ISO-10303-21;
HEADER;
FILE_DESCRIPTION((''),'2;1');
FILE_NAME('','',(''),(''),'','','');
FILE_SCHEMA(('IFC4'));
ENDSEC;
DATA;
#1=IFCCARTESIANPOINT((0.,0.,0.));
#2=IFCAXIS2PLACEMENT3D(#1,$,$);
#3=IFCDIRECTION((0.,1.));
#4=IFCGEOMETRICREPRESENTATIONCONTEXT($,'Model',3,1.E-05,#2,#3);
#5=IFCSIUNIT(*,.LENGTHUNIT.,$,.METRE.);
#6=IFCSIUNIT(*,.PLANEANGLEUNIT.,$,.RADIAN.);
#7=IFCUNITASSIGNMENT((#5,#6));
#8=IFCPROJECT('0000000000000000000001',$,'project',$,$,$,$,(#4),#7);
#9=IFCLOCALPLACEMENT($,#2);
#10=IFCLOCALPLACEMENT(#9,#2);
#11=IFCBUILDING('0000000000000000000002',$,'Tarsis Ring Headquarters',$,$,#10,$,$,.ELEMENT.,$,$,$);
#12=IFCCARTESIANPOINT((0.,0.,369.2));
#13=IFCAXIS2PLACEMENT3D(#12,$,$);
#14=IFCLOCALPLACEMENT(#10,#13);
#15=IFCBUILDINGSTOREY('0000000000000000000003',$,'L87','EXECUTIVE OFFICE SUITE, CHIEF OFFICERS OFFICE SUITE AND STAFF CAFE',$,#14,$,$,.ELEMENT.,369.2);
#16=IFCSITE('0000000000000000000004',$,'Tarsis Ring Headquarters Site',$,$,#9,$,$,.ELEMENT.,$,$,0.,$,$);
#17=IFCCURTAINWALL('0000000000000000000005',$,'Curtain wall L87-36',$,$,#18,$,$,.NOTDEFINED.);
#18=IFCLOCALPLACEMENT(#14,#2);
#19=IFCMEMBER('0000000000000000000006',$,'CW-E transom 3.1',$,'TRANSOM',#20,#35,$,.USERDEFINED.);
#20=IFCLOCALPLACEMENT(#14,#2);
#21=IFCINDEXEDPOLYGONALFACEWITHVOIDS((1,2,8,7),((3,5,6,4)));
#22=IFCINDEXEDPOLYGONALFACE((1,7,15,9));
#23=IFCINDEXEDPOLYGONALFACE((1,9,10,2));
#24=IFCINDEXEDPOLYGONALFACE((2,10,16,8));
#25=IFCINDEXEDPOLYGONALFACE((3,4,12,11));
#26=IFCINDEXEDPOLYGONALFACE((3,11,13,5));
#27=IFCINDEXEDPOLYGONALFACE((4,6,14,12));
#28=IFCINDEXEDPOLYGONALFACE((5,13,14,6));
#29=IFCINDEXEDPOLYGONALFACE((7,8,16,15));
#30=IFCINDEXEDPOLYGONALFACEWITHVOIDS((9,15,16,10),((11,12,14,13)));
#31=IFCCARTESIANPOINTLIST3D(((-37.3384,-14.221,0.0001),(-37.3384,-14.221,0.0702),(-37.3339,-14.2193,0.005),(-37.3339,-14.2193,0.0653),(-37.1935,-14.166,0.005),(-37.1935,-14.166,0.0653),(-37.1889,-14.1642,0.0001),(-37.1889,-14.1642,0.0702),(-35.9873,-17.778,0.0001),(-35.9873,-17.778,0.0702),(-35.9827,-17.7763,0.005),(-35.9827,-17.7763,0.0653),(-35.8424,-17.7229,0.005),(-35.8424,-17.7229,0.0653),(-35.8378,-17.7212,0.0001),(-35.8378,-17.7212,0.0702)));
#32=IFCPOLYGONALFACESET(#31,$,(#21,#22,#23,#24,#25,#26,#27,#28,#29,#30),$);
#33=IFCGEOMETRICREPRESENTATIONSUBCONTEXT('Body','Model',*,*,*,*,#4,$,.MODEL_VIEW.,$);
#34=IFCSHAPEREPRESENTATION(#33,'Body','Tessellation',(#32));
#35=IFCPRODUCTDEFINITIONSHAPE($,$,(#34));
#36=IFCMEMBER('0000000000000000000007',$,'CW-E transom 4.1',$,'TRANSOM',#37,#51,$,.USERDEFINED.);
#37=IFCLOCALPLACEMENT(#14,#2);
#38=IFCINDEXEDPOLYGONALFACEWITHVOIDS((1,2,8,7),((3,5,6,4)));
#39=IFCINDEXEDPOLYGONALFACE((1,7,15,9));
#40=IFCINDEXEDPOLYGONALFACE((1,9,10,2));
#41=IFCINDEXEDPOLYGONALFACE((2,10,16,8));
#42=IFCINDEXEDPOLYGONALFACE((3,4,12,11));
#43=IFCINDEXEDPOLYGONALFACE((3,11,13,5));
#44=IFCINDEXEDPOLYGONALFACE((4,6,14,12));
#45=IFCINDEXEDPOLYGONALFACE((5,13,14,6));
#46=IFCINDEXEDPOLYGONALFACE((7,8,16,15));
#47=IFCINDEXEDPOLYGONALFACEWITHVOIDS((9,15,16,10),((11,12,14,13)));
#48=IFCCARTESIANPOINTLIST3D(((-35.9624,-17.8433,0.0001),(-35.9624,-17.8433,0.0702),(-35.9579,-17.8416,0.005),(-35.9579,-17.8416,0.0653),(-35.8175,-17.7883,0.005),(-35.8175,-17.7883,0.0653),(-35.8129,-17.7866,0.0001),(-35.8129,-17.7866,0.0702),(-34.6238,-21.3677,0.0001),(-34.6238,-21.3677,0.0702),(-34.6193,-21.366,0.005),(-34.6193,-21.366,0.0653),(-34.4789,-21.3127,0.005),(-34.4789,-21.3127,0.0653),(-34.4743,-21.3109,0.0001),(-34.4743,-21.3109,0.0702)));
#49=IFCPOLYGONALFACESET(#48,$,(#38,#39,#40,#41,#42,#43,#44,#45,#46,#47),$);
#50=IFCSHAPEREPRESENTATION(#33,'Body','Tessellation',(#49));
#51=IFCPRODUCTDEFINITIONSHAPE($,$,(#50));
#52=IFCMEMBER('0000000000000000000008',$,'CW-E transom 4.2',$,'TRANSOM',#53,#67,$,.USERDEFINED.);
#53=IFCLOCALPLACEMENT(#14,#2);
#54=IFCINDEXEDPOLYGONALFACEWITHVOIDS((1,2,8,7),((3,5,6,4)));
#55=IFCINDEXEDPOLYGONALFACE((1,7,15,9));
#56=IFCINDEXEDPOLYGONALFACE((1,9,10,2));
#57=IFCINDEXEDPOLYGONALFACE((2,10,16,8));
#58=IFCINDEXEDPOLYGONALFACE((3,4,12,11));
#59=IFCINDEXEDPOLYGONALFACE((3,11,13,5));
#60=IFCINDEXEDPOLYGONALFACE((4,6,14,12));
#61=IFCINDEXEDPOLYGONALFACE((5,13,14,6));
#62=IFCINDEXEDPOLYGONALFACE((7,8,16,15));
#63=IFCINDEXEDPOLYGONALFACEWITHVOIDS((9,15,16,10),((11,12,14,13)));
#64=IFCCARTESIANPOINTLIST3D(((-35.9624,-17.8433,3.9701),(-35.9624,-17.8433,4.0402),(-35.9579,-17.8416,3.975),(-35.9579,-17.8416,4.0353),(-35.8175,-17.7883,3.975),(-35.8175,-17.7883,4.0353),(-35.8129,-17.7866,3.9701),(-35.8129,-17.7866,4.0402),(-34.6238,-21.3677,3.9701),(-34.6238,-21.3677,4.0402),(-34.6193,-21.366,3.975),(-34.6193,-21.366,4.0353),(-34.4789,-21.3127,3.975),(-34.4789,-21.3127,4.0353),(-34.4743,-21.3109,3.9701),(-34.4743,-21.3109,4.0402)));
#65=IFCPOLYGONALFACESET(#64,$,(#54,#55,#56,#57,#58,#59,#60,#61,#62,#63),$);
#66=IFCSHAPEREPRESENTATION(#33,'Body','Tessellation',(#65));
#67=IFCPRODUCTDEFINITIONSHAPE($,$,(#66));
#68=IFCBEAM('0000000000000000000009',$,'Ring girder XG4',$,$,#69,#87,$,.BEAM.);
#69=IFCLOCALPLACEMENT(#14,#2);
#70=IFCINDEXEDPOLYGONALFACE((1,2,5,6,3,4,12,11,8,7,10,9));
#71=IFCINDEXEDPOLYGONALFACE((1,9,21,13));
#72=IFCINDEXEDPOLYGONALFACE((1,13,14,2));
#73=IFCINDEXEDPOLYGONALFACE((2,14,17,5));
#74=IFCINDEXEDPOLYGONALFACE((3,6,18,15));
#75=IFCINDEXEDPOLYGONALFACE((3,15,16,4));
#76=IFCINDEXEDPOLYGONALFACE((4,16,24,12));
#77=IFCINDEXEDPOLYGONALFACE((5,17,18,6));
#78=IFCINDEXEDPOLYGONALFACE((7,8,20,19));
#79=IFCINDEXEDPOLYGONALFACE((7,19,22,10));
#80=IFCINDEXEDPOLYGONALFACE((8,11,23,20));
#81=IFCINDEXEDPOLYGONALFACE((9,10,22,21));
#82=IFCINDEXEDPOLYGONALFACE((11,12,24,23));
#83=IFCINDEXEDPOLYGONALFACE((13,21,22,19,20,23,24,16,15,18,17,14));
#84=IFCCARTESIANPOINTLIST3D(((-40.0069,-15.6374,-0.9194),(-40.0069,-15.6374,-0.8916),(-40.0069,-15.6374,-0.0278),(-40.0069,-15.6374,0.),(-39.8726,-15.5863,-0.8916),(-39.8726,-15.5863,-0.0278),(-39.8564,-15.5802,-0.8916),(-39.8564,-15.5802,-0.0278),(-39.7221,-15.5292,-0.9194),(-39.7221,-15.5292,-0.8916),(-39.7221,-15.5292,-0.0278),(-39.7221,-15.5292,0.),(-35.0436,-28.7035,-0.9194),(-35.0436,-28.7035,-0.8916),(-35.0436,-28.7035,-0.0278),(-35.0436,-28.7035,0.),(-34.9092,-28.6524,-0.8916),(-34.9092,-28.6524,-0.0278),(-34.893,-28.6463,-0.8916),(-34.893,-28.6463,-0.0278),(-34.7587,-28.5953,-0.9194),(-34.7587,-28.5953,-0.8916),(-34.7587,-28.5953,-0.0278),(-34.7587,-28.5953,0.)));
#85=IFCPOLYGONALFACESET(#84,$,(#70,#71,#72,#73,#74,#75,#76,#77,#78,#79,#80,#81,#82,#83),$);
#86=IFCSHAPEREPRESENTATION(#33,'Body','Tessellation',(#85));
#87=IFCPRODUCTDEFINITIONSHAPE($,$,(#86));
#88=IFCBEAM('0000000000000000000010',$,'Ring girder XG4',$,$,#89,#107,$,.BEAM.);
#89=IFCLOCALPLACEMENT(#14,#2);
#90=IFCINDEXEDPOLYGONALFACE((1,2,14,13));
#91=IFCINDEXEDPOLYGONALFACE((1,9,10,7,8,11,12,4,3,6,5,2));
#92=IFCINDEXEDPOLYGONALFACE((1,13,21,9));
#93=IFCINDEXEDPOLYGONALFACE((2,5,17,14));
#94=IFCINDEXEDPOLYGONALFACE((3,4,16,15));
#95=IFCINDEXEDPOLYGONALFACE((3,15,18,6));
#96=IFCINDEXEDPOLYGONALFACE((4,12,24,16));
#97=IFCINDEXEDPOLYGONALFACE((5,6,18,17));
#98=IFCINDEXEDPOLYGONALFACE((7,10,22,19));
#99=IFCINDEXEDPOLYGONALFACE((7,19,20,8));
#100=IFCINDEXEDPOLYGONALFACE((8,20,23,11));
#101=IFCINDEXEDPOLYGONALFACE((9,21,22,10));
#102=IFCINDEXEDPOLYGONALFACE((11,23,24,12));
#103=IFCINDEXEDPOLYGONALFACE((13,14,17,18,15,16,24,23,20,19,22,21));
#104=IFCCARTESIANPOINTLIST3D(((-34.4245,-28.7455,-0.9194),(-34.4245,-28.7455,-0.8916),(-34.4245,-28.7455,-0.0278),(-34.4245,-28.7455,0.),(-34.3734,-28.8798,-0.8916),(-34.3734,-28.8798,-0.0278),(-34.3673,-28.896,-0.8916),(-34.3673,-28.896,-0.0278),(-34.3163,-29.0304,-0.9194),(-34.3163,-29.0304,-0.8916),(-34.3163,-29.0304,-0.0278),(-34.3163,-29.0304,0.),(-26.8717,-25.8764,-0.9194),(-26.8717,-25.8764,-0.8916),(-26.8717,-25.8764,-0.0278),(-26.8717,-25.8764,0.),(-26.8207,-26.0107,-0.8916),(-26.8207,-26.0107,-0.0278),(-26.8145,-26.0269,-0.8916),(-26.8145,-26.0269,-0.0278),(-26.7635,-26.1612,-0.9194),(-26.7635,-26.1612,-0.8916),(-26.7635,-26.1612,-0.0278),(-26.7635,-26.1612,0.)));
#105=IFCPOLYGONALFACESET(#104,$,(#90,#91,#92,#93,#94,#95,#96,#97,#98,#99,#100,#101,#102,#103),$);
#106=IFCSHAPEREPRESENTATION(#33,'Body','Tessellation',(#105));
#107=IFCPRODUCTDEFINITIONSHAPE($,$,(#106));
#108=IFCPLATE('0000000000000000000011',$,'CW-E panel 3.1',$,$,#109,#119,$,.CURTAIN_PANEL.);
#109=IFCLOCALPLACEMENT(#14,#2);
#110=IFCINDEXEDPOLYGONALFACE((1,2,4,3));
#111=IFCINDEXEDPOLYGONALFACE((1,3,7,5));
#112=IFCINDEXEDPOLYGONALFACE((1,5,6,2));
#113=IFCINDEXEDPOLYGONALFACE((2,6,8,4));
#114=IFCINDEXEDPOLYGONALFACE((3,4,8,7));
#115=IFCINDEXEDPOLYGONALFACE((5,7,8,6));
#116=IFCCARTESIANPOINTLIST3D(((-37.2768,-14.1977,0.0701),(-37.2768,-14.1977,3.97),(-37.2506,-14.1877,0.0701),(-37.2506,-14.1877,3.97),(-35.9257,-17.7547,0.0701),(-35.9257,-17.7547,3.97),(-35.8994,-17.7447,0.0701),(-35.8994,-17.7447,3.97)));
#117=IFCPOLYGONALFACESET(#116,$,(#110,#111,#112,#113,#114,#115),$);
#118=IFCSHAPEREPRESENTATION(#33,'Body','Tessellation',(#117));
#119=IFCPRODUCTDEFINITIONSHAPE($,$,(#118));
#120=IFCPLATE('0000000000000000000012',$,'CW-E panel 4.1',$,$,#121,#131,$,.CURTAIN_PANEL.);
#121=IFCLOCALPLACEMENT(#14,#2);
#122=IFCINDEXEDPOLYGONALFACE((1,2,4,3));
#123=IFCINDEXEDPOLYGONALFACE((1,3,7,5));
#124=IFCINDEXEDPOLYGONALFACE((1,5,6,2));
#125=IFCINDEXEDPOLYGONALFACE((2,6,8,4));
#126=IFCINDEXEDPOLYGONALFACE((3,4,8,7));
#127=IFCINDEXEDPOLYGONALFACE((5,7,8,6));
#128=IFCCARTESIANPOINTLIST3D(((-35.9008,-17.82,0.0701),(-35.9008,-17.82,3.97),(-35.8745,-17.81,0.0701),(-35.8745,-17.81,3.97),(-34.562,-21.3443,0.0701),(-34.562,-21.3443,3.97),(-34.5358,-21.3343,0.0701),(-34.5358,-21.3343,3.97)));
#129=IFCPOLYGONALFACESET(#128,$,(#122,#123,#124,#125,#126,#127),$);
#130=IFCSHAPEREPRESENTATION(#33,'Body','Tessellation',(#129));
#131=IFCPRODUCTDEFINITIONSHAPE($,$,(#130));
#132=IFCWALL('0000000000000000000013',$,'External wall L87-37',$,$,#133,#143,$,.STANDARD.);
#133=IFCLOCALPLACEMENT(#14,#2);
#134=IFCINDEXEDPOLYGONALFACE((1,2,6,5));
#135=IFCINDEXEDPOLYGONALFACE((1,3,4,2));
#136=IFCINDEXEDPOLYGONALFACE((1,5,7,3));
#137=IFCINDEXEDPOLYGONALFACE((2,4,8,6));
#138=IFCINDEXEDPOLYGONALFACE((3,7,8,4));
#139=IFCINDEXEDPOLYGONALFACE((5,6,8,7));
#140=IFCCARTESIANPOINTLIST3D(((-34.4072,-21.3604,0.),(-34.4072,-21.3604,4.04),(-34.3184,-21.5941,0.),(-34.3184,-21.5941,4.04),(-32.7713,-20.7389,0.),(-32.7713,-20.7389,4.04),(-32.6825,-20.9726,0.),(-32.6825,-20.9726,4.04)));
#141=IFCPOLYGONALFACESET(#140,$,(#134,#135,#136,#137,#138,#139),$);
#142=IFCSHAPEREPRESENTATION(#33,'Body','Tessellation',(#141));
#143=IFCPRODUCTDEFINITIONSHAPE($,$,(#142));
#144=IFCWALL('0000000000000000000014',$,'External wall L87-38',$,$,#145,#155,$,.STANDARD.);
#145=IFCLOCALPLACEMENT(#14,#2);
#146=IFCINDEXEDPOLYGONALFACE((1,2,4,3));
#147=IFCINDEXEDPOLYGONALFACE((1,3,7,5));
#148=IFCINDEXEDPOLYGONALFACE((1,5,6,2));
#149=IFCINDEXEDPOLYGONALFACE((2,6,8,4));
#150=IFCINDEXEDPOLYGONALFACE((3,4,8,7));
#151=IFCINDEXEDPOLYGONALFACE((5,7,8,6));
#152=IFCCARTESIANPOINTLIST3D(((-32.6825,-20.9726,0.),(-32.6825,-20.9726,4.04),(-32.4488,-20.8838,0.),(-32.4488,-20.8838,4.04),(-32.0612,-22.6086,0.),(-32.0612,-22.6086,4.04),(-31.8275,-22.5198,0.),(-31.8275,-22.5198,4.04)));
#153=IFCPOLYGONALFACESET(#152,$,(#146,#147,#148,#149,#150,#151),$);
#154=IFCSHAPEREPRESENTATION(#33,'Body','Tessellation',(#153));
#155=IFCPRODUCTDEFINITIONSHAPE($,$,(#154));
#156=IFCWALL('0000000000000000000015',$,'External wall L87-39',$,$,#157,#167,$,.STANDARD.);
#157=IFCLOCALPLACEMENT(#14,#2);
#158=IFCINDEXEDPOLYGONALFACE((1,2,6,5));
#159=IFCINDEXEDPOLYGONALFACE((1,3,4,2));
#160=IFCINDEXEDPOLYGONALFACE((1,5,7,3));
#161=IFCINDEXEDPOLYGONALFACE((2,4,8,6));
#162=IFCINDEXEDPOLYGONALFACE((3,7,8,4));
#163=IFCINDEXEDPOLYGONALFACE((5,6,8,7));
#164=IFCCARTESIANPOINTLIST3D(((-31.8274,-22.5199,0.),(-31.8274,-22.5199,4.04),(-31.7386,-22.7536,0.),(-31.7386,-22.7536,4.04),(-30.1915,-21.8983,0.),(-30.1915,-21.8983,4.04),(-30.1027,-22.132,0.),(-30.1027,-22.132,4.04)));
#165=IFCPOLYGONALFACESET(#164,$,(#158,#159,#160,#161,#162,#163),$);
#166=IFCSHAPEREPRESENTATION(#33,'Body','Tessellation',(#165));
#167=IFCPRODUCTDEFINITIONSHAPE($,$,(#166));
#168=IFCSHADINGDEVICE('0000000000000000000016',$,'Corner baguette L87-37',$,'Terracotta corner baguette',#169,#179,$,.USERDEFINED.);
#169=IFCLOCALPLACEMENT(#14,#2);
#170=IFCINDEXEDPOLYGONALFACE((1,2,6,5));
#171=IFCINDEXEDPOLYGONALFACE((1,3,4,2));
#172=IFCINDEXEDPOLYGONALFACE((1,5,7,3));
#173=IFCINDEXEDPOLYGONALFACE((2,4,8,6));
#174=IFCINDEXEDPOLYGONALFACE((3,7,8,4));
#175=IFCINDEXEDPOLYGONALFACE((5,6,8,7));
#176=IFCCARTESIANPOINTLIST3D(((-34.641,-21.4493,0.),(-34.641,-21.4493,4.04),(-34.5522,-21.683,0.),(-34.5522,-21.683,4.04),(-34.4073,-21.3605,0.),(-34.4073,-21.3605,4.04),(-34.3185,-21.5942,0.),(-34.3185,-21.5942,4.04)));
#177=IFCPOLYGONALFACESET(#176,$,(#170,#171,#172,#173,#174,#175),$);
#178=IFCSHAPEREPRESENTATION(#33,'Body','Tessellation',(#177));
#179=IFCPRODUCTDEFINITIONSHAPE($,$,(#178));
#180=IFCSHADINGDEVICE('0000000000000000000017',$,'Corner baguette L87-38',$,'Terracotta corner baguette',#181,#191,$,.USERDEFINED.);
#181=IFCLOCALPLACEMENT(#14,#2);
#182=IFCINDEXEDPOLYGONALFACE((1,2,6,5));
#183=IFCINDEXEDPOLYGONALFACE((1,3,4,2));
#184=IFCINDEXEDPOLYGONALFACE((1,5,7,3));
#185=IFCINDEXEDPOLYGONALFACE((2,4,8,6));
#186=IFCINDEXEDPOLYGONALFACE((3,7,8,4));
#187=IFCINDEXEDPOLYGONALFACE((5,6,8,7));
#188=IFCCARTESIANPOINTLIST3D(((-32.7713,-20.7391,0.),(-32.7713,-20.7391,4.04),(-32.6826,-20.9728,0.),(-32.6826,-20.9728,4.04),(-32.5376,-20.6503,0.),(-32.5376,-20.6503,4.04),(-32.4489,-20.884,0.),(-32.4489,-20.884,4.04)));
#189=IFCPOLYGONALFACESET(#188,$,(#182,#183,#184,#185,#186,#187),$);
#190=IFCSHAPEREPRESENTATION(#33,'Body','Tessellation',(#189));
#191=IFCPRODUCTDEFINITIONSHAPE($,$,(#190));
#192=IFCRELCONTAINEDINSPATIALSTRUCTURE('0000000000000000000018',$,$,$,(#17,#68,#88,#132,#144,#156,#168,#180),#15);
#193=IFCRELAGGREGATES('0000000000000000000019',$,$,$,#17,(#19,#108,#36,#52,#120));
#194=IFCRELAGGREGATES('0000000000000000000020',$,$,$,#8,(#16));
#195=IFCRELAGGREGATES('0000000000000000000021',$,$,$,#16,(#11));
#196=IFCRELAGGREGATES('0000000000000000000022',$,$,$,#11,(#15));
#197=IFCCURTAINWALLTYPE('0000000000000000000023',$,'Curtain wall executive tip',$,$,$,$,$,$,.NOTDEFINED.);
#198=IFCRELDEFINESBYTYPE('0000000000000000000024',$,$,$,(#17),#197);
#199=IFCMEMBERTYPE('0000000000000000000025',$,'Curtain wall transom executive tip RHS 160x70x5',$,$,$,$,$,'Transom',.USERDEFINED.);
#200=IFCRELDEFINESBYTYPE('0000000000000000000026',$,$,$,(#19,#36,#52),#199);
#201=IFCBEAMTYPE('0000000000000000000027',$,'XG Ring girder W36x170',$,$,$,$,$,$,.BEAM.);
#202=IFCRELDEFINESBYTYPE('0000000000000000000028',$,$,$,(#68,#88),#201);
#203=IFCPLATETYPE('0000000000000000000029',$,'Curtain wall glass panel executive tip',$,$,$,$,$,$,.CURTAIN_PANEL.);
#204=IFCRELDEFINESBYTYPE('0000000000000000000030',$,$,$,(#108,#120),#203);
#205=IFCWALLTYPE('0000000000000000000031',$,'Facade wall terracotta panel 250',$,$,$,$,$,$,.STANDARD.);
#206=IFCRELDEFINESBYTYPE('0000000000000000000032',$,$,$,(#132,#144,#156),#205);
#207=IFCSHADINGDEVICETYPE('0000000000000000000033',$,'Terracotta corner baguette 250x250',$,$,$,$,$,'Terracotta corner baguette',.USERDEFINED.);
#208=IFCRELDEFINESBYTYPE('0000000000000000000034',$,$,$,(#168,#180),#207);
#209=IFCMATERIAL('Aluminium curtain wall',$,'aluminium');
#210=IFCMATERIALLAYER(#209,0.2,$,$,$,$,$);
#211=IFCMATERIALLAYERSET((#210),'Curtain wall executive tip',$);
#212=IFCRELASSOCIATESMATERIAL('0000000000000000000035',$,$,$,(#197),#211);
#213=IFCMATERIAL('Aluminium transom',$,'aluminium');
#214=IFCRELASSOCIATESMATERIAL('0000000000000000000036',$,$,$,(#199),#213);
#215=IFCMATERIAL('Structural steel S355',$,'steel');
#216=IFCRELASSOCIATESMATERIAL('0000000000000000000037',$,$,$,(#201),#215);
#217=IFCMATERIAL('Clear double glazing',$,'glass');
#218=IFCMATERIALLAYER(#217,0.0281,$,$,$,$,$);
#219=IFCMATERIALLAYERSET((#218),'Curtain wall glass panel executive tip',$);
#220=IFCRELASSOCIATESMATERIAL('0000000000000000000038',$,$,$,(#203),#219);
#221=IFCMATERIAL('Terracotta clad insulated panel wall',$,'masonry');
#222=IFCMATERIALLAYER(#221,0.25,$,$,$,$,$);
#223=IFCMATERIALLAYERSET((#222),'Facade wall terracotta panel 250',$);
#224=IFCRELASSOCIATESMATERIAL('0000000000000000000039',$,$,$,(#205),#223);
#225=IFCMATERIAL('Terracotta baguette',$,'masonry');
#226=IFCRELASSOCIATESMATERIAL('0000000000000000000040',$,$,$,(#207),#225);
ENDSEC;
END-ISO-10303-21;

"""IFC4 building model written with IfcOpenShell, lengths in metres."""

from ifc_helpers import new_model, si_unit, direction, frame, frame_2d, origin, origin_2d, place, context, subcontext, project, spatial, rectangle, hollow_rectangle, i_section, extrude, material, layer, layer_set, material_profile, profile_set, type_object, element, aggregate, save


model = new_model("IFC4")

# Units and contexts
model_context = context("Model", 3, precision=1e-05, world=origin(), true_north=direction((0.0, 1.0)))
body_context = subcontext(model_context, "Body", "Model", "MODEL_VIEW")
ifc_project = project(units=[si_unit("LENGTHUNIT", "METRE"), si_unit("PLANEANGLEUNIT", "RADIAN")], contexts=[model_context])

# Site, building, storey
site_placement = place(None, origin())
site = spatial("IfcSite", under=ifc_project, at=site_placement, Name="Tarsis Ring Headquarters Site", CompositionType="ELEMENT", RefElevation=0.0)
building_placement = place(site_placement, origin())
building = spatial("IfcBuilding", under=site, at=building_placement, Name="Tarsis Ring Headquarters", CompositionType="ELEMENT")
storey_placement = place(building_placement, frame((0.0, 0.0, 369.2)))
storey = spatial("IfcBuildingStorey", under=building, at=storey_placement, Name="L87", Description="EXECUTIVE OFFICE SUITE, CHIEF OFFICERS OFFICE SUITE AND STAFF CAFE", CompositionType="ELEMENT", Elevation=369.2)

# Shared definitions
ifc_material_1 = material(Name="Structural steel S355", Category="steel")

# Curtain wall, members
ifc_material_2 = material(Name="Aluminium curtain wall", Category="aluminium")
ifc_layer_1 = layer(ifc_material_2, 0.2)
ifc_layer_set_1 = layer_set([ifc_layer_1], Name="Curtain wall executive tip")
curtain_wall_type = type_object("IfcCurtainWallType", Name="Curtain wall executive tip", PredefinedType="NOTDEFINED", material=ifc_layer_set_1)
curtain_wall_placement = place(storey_placement, origin())
curtain_wall = element("IfcCurtainWall", 1, at=curtain_wall_placement, inside=storey, type_object=curtain_wall_type, Name="Curtain wall L87-36", PredefinedType="NOTDEFINED")
ifc_material_3 = material(Name="Aluminium transom", Category="aluminium")
ifc_material_profile_1 = material_profile(ifc_material_3, hollow_rectangle(XDim=0.1599, YDim=0.0701, WallThickness=0.0049, at=origin_2d()), Name="RHS 160x70x5")
ifc_profile_set_1 = profile_set([ifc_material_profile_1], Name="Aluminium transom")
member_type_1 = type_object("IfcMemberType", Name="Curtain wall transom executive tip RHS 160x70x5", ElementType="Transom", PredefinedType="USERDEFINED", material=ifc_profile_set_1)
member_1_placement = place(storey_placement, frame((-37.2637, -14.1926, 0.0352), z_axis=(0.355093, -0.934831, 0.0), x_axis=(0.934831, 0.355093, 0.0)))
member_1 = element("IfcMember", 2, at=member_1_placement, type_object=member_type_1, Name="CW-E transom 3.1", ObjectType="TRANSOM", PredefinedType="USERDEFINED", context=body_context, shape_type="SweptSolid", body=[
    extrude(hollow_rectangle(XDim=0.1599, YDim=0.0701, WallThickness=0.0049, at=origin_2d()), origin(), (0.0, 0.0, 1.0), 3.8049),
])
member_2_placement = place(storey_placement, frame((-35.8877, -17.8149, 0.0352), z_axis=(0.355066, -0.934841, 0.0), x_axis=(0.934841, 0.355066, 0.0)))
member_2 = element("IfcMember", 3, at=member_2_placement, type_object=member_type_1, Name="CW-E transom 4.1", ObjectType="TRANSOM", PredefinedType="USERDEFINED", context=body_context, shape_type="SweptSolid", body=[
    extrude(hollow_rectangle(XDim=0.1599, YDim=0.0701, WallThickness=0.0049, at=origin_2d()), origin(), (0.0, 0.0, 1.0), 3.77),
])
member_3_placement = place(storey_placement, frame((-35.8877, -17.8149, 4.0051), z_axis=(0.355066, -0.934841, 0.0), x_axis=(0.934841, 0.355066, 0.0)))
member_3 = element("IfcMember", 4, at=member_3_placement, type_object=member_type_1, Name="CW-E transom 4.2", ObjectType="TRANSOM", PredefinedType="USERDEFINED", context=body_context, shape_type="SweptSolid", body=[
    extrude(hollow_rectangle(XDim=0.1599, YDim=0.0701, WallThickness=0.0049, at=origin_2d()), origin(), (0.0, 0.0, 1.0), 3.77),
])

# Beams
ifc_material_profile_2 = material_profile(ifc_material_1, i_section(OverallWidth=0.3047, OverallDepth=0.9194, WebThickness=0.0173, FlangeThickness=0.0278, at=origin_2d()), Name="W36x170")
ifc_profile_set_2 = profile_set([ifc_material_profile_2], Name="Structural steel S355")
beam_type = type_object("IfcBeamType", Name="XG Ring girder W36x170", PredefinedType="BEAM", material=ifc_profile_set_2)
beam_1_placement = place(storey_placement, frame((-39.8645, -15.5833, -0.4597), z_axis=(0.355108, -0.934825, 0.0), x_axis=(0.934825, 0.355108, 0.0)))
element("IfcBeam", 5, at=beam_1_placement, inside=storey, type_object=beam_type, Name="Ring girder XG4", PredefinedType="BEAM", context=body_context, shape_type="SweptSolid", body=[
    extrude(i_section(OverallWidth=0.3047, OverallDepth=0.9194, WebThickness=0.0173, FlangeThickness=0.0278, at=origin_2d()), origin(), (0.0, 0.0, 1.0), 13.9771),
])
beam_2_placement = place(storey_placement, frame((-34.3704, -28.8879, -0.4597), z_axis=(0.934821, 0.355121, 0.0), x_axis=(-0.355121, 0.934821, 0.0)))
element("IfcBeam", 6, at=beam_2_placement, inside=storey, type_object=beam_type, Name="Ring girder XG4", PredefinedType="BEAM", context=body_context, shape_type="SweptSolid", body=[
    extrude(i_section(OverallWidth=0.3047, OverallDepth=0.9194, WebThickness=0.0173, FlangeThickness=0.0278, at=origin_2d()), origin(), (0.0, 0.0, 1.0), 8.0793),
])

# Plates
ifc_material_4 = material(Name="Clear double glazing", Category="glass")
ifc_layer_2 = layer(ifc_material_4, 0.0281)
ifc_layer_set_2 = layer_set([ifc_layer_2], Name="Curtain wall glass panel executive tip")
plate_type = type_object("IfcPlateType", Name="Curtain wall glass panel executive tip", PredefinedType="CURTAIN_PANEL", material=ifc_layer_set_2)
plate_1_placement = place(storey_placement, frame((-36.5881, -15.9712, 0.0701), z_axis=(0.0, 0.0, 1.0), x_axis=(0.355107, -0.934826, 0.0)))
plate_1 = element("IfcPlate", 7, at=plate_1_placement, type_object=plate_type, Name="CW-E panel 3.1", PredefinedType="CURTAIN_PANEL", context=body_context, shape_type="SweptSolid", body=[
    extrude(rectangle(XDim=3.8049, YDim=0.0281, at=origin_2d()), origin(), (0.0, 0.0, 1.0), 3.8999),
])
plate_2_placement = place(storey_placement, frame((-35.2183, -19.5771, 0.0701), z_axis=(0.0, 0.0, 1.0), x_axis=(0.355107, -0.934826, 0.0)))
plate_2 = element("IfcPlate", 8, at=plate_2_placement, type_object=plate_type, Name="CW-E panel 4.1", PredefinedType="CURTAIN_PANEL", context=body_context, shape_type="SweptSolid", body=[
    extrude(rectangle(XDim=3.77, YDim=0.0281, at=origin_2d()), origin(), (0.0, 0.0, 1.0), 3.8999),
])
aggregate(curtain_wall, [member_1, plate_1, member_2, member_3, plate_2])

# Walls
ifc_material_5 = material(Name="Terracotta clad insulated panel wall", Category="masonry")
ifc_layer_3 = layer(ifc_material_5, 0.25)
ifc_layer_set_3 = layer_set([ifc_layer_3], Name="Facade wall terracotta panel 250")
wall_type = type_object("IfcWallType", Name="Facade wall terracotta panel 250", PredefinedType="STANDARD", material=ifc_layer_set_3)
for number, where, z_axis, x_axis, name in (
    (9, (-34.3628, -21.4773, 0.0), (0.0, 0.0, 1.0), (0.934801, 0.355171, 0.0), "External wall L87-37"),
    (10, (-32.5657, -20.9282, 0.0), (0.0, 0.0, 1.0), (0.35505, -0.934847, 0.0), "External wall L87-38"),
    (11, (-31.783, -22.6367, 0.0), (0.0, 0.0, 1.0), (0.934801, 0.355171, 0.0), "External wall L87-39"),
):
    element("IfcWall", number, at=place(storey_placement, frame(where, z_axis=z_axis, x_axis=x_axis)), inside=storey, type_object=wall_type, Name=name, PredefinedType="STANDARD", context=body_context, shape_type="SweptSolid", body=[
        extrude(rectangle(XDim=1.75, YDim=0.25, at=frame_2d((0.875, 0.0))), origin(), (0.0, 0.0, 1.0), 4.04),
    ])

# Shading devices
ifc_material_6 = material(Name="Terracotta baguette", Category="masonry")
shading_device_type_1 = type_object("IfcShadingDeviceType", Name="Terracotta corner baguette 250x250", ElementType="Terracotta corner baguette", PredefinedType="USERDEFINED", material=ifc_material_6)
for number, where, z_axis, x_axis, name in (
    (12, (-34.4797, -21.5217, 0.0), (0.0, 0.0, 1.0), (0.355107, -0.934826, 0.0), "Corner baguette L87-37"),
    (13, (-32.6101, -20.8115, 0.0), (0.0, 0.0, 1.0), (0.934826, 0.355107, 0.0), "Corner baguette L87-38"),
):
    element("IfcShadingDevice", number, at=place(storey_placement, frame(where, z_axis=z_axis, x_axis=x_axis)), inside=storey, type_object=shading_device_type_1, Name=name, ObjectType="Terracotta corner baguette", PredefinedType="USERDEFINED", context=body_context, shape_type="SweptSolid", body=[
        extrude(rectangle(XDim=0.25, YDim=0.25, at=origin_2d()), origin(), (0.0, 0.0, 1.0), 4.04),
    ])

save(model, "model.ifc")
